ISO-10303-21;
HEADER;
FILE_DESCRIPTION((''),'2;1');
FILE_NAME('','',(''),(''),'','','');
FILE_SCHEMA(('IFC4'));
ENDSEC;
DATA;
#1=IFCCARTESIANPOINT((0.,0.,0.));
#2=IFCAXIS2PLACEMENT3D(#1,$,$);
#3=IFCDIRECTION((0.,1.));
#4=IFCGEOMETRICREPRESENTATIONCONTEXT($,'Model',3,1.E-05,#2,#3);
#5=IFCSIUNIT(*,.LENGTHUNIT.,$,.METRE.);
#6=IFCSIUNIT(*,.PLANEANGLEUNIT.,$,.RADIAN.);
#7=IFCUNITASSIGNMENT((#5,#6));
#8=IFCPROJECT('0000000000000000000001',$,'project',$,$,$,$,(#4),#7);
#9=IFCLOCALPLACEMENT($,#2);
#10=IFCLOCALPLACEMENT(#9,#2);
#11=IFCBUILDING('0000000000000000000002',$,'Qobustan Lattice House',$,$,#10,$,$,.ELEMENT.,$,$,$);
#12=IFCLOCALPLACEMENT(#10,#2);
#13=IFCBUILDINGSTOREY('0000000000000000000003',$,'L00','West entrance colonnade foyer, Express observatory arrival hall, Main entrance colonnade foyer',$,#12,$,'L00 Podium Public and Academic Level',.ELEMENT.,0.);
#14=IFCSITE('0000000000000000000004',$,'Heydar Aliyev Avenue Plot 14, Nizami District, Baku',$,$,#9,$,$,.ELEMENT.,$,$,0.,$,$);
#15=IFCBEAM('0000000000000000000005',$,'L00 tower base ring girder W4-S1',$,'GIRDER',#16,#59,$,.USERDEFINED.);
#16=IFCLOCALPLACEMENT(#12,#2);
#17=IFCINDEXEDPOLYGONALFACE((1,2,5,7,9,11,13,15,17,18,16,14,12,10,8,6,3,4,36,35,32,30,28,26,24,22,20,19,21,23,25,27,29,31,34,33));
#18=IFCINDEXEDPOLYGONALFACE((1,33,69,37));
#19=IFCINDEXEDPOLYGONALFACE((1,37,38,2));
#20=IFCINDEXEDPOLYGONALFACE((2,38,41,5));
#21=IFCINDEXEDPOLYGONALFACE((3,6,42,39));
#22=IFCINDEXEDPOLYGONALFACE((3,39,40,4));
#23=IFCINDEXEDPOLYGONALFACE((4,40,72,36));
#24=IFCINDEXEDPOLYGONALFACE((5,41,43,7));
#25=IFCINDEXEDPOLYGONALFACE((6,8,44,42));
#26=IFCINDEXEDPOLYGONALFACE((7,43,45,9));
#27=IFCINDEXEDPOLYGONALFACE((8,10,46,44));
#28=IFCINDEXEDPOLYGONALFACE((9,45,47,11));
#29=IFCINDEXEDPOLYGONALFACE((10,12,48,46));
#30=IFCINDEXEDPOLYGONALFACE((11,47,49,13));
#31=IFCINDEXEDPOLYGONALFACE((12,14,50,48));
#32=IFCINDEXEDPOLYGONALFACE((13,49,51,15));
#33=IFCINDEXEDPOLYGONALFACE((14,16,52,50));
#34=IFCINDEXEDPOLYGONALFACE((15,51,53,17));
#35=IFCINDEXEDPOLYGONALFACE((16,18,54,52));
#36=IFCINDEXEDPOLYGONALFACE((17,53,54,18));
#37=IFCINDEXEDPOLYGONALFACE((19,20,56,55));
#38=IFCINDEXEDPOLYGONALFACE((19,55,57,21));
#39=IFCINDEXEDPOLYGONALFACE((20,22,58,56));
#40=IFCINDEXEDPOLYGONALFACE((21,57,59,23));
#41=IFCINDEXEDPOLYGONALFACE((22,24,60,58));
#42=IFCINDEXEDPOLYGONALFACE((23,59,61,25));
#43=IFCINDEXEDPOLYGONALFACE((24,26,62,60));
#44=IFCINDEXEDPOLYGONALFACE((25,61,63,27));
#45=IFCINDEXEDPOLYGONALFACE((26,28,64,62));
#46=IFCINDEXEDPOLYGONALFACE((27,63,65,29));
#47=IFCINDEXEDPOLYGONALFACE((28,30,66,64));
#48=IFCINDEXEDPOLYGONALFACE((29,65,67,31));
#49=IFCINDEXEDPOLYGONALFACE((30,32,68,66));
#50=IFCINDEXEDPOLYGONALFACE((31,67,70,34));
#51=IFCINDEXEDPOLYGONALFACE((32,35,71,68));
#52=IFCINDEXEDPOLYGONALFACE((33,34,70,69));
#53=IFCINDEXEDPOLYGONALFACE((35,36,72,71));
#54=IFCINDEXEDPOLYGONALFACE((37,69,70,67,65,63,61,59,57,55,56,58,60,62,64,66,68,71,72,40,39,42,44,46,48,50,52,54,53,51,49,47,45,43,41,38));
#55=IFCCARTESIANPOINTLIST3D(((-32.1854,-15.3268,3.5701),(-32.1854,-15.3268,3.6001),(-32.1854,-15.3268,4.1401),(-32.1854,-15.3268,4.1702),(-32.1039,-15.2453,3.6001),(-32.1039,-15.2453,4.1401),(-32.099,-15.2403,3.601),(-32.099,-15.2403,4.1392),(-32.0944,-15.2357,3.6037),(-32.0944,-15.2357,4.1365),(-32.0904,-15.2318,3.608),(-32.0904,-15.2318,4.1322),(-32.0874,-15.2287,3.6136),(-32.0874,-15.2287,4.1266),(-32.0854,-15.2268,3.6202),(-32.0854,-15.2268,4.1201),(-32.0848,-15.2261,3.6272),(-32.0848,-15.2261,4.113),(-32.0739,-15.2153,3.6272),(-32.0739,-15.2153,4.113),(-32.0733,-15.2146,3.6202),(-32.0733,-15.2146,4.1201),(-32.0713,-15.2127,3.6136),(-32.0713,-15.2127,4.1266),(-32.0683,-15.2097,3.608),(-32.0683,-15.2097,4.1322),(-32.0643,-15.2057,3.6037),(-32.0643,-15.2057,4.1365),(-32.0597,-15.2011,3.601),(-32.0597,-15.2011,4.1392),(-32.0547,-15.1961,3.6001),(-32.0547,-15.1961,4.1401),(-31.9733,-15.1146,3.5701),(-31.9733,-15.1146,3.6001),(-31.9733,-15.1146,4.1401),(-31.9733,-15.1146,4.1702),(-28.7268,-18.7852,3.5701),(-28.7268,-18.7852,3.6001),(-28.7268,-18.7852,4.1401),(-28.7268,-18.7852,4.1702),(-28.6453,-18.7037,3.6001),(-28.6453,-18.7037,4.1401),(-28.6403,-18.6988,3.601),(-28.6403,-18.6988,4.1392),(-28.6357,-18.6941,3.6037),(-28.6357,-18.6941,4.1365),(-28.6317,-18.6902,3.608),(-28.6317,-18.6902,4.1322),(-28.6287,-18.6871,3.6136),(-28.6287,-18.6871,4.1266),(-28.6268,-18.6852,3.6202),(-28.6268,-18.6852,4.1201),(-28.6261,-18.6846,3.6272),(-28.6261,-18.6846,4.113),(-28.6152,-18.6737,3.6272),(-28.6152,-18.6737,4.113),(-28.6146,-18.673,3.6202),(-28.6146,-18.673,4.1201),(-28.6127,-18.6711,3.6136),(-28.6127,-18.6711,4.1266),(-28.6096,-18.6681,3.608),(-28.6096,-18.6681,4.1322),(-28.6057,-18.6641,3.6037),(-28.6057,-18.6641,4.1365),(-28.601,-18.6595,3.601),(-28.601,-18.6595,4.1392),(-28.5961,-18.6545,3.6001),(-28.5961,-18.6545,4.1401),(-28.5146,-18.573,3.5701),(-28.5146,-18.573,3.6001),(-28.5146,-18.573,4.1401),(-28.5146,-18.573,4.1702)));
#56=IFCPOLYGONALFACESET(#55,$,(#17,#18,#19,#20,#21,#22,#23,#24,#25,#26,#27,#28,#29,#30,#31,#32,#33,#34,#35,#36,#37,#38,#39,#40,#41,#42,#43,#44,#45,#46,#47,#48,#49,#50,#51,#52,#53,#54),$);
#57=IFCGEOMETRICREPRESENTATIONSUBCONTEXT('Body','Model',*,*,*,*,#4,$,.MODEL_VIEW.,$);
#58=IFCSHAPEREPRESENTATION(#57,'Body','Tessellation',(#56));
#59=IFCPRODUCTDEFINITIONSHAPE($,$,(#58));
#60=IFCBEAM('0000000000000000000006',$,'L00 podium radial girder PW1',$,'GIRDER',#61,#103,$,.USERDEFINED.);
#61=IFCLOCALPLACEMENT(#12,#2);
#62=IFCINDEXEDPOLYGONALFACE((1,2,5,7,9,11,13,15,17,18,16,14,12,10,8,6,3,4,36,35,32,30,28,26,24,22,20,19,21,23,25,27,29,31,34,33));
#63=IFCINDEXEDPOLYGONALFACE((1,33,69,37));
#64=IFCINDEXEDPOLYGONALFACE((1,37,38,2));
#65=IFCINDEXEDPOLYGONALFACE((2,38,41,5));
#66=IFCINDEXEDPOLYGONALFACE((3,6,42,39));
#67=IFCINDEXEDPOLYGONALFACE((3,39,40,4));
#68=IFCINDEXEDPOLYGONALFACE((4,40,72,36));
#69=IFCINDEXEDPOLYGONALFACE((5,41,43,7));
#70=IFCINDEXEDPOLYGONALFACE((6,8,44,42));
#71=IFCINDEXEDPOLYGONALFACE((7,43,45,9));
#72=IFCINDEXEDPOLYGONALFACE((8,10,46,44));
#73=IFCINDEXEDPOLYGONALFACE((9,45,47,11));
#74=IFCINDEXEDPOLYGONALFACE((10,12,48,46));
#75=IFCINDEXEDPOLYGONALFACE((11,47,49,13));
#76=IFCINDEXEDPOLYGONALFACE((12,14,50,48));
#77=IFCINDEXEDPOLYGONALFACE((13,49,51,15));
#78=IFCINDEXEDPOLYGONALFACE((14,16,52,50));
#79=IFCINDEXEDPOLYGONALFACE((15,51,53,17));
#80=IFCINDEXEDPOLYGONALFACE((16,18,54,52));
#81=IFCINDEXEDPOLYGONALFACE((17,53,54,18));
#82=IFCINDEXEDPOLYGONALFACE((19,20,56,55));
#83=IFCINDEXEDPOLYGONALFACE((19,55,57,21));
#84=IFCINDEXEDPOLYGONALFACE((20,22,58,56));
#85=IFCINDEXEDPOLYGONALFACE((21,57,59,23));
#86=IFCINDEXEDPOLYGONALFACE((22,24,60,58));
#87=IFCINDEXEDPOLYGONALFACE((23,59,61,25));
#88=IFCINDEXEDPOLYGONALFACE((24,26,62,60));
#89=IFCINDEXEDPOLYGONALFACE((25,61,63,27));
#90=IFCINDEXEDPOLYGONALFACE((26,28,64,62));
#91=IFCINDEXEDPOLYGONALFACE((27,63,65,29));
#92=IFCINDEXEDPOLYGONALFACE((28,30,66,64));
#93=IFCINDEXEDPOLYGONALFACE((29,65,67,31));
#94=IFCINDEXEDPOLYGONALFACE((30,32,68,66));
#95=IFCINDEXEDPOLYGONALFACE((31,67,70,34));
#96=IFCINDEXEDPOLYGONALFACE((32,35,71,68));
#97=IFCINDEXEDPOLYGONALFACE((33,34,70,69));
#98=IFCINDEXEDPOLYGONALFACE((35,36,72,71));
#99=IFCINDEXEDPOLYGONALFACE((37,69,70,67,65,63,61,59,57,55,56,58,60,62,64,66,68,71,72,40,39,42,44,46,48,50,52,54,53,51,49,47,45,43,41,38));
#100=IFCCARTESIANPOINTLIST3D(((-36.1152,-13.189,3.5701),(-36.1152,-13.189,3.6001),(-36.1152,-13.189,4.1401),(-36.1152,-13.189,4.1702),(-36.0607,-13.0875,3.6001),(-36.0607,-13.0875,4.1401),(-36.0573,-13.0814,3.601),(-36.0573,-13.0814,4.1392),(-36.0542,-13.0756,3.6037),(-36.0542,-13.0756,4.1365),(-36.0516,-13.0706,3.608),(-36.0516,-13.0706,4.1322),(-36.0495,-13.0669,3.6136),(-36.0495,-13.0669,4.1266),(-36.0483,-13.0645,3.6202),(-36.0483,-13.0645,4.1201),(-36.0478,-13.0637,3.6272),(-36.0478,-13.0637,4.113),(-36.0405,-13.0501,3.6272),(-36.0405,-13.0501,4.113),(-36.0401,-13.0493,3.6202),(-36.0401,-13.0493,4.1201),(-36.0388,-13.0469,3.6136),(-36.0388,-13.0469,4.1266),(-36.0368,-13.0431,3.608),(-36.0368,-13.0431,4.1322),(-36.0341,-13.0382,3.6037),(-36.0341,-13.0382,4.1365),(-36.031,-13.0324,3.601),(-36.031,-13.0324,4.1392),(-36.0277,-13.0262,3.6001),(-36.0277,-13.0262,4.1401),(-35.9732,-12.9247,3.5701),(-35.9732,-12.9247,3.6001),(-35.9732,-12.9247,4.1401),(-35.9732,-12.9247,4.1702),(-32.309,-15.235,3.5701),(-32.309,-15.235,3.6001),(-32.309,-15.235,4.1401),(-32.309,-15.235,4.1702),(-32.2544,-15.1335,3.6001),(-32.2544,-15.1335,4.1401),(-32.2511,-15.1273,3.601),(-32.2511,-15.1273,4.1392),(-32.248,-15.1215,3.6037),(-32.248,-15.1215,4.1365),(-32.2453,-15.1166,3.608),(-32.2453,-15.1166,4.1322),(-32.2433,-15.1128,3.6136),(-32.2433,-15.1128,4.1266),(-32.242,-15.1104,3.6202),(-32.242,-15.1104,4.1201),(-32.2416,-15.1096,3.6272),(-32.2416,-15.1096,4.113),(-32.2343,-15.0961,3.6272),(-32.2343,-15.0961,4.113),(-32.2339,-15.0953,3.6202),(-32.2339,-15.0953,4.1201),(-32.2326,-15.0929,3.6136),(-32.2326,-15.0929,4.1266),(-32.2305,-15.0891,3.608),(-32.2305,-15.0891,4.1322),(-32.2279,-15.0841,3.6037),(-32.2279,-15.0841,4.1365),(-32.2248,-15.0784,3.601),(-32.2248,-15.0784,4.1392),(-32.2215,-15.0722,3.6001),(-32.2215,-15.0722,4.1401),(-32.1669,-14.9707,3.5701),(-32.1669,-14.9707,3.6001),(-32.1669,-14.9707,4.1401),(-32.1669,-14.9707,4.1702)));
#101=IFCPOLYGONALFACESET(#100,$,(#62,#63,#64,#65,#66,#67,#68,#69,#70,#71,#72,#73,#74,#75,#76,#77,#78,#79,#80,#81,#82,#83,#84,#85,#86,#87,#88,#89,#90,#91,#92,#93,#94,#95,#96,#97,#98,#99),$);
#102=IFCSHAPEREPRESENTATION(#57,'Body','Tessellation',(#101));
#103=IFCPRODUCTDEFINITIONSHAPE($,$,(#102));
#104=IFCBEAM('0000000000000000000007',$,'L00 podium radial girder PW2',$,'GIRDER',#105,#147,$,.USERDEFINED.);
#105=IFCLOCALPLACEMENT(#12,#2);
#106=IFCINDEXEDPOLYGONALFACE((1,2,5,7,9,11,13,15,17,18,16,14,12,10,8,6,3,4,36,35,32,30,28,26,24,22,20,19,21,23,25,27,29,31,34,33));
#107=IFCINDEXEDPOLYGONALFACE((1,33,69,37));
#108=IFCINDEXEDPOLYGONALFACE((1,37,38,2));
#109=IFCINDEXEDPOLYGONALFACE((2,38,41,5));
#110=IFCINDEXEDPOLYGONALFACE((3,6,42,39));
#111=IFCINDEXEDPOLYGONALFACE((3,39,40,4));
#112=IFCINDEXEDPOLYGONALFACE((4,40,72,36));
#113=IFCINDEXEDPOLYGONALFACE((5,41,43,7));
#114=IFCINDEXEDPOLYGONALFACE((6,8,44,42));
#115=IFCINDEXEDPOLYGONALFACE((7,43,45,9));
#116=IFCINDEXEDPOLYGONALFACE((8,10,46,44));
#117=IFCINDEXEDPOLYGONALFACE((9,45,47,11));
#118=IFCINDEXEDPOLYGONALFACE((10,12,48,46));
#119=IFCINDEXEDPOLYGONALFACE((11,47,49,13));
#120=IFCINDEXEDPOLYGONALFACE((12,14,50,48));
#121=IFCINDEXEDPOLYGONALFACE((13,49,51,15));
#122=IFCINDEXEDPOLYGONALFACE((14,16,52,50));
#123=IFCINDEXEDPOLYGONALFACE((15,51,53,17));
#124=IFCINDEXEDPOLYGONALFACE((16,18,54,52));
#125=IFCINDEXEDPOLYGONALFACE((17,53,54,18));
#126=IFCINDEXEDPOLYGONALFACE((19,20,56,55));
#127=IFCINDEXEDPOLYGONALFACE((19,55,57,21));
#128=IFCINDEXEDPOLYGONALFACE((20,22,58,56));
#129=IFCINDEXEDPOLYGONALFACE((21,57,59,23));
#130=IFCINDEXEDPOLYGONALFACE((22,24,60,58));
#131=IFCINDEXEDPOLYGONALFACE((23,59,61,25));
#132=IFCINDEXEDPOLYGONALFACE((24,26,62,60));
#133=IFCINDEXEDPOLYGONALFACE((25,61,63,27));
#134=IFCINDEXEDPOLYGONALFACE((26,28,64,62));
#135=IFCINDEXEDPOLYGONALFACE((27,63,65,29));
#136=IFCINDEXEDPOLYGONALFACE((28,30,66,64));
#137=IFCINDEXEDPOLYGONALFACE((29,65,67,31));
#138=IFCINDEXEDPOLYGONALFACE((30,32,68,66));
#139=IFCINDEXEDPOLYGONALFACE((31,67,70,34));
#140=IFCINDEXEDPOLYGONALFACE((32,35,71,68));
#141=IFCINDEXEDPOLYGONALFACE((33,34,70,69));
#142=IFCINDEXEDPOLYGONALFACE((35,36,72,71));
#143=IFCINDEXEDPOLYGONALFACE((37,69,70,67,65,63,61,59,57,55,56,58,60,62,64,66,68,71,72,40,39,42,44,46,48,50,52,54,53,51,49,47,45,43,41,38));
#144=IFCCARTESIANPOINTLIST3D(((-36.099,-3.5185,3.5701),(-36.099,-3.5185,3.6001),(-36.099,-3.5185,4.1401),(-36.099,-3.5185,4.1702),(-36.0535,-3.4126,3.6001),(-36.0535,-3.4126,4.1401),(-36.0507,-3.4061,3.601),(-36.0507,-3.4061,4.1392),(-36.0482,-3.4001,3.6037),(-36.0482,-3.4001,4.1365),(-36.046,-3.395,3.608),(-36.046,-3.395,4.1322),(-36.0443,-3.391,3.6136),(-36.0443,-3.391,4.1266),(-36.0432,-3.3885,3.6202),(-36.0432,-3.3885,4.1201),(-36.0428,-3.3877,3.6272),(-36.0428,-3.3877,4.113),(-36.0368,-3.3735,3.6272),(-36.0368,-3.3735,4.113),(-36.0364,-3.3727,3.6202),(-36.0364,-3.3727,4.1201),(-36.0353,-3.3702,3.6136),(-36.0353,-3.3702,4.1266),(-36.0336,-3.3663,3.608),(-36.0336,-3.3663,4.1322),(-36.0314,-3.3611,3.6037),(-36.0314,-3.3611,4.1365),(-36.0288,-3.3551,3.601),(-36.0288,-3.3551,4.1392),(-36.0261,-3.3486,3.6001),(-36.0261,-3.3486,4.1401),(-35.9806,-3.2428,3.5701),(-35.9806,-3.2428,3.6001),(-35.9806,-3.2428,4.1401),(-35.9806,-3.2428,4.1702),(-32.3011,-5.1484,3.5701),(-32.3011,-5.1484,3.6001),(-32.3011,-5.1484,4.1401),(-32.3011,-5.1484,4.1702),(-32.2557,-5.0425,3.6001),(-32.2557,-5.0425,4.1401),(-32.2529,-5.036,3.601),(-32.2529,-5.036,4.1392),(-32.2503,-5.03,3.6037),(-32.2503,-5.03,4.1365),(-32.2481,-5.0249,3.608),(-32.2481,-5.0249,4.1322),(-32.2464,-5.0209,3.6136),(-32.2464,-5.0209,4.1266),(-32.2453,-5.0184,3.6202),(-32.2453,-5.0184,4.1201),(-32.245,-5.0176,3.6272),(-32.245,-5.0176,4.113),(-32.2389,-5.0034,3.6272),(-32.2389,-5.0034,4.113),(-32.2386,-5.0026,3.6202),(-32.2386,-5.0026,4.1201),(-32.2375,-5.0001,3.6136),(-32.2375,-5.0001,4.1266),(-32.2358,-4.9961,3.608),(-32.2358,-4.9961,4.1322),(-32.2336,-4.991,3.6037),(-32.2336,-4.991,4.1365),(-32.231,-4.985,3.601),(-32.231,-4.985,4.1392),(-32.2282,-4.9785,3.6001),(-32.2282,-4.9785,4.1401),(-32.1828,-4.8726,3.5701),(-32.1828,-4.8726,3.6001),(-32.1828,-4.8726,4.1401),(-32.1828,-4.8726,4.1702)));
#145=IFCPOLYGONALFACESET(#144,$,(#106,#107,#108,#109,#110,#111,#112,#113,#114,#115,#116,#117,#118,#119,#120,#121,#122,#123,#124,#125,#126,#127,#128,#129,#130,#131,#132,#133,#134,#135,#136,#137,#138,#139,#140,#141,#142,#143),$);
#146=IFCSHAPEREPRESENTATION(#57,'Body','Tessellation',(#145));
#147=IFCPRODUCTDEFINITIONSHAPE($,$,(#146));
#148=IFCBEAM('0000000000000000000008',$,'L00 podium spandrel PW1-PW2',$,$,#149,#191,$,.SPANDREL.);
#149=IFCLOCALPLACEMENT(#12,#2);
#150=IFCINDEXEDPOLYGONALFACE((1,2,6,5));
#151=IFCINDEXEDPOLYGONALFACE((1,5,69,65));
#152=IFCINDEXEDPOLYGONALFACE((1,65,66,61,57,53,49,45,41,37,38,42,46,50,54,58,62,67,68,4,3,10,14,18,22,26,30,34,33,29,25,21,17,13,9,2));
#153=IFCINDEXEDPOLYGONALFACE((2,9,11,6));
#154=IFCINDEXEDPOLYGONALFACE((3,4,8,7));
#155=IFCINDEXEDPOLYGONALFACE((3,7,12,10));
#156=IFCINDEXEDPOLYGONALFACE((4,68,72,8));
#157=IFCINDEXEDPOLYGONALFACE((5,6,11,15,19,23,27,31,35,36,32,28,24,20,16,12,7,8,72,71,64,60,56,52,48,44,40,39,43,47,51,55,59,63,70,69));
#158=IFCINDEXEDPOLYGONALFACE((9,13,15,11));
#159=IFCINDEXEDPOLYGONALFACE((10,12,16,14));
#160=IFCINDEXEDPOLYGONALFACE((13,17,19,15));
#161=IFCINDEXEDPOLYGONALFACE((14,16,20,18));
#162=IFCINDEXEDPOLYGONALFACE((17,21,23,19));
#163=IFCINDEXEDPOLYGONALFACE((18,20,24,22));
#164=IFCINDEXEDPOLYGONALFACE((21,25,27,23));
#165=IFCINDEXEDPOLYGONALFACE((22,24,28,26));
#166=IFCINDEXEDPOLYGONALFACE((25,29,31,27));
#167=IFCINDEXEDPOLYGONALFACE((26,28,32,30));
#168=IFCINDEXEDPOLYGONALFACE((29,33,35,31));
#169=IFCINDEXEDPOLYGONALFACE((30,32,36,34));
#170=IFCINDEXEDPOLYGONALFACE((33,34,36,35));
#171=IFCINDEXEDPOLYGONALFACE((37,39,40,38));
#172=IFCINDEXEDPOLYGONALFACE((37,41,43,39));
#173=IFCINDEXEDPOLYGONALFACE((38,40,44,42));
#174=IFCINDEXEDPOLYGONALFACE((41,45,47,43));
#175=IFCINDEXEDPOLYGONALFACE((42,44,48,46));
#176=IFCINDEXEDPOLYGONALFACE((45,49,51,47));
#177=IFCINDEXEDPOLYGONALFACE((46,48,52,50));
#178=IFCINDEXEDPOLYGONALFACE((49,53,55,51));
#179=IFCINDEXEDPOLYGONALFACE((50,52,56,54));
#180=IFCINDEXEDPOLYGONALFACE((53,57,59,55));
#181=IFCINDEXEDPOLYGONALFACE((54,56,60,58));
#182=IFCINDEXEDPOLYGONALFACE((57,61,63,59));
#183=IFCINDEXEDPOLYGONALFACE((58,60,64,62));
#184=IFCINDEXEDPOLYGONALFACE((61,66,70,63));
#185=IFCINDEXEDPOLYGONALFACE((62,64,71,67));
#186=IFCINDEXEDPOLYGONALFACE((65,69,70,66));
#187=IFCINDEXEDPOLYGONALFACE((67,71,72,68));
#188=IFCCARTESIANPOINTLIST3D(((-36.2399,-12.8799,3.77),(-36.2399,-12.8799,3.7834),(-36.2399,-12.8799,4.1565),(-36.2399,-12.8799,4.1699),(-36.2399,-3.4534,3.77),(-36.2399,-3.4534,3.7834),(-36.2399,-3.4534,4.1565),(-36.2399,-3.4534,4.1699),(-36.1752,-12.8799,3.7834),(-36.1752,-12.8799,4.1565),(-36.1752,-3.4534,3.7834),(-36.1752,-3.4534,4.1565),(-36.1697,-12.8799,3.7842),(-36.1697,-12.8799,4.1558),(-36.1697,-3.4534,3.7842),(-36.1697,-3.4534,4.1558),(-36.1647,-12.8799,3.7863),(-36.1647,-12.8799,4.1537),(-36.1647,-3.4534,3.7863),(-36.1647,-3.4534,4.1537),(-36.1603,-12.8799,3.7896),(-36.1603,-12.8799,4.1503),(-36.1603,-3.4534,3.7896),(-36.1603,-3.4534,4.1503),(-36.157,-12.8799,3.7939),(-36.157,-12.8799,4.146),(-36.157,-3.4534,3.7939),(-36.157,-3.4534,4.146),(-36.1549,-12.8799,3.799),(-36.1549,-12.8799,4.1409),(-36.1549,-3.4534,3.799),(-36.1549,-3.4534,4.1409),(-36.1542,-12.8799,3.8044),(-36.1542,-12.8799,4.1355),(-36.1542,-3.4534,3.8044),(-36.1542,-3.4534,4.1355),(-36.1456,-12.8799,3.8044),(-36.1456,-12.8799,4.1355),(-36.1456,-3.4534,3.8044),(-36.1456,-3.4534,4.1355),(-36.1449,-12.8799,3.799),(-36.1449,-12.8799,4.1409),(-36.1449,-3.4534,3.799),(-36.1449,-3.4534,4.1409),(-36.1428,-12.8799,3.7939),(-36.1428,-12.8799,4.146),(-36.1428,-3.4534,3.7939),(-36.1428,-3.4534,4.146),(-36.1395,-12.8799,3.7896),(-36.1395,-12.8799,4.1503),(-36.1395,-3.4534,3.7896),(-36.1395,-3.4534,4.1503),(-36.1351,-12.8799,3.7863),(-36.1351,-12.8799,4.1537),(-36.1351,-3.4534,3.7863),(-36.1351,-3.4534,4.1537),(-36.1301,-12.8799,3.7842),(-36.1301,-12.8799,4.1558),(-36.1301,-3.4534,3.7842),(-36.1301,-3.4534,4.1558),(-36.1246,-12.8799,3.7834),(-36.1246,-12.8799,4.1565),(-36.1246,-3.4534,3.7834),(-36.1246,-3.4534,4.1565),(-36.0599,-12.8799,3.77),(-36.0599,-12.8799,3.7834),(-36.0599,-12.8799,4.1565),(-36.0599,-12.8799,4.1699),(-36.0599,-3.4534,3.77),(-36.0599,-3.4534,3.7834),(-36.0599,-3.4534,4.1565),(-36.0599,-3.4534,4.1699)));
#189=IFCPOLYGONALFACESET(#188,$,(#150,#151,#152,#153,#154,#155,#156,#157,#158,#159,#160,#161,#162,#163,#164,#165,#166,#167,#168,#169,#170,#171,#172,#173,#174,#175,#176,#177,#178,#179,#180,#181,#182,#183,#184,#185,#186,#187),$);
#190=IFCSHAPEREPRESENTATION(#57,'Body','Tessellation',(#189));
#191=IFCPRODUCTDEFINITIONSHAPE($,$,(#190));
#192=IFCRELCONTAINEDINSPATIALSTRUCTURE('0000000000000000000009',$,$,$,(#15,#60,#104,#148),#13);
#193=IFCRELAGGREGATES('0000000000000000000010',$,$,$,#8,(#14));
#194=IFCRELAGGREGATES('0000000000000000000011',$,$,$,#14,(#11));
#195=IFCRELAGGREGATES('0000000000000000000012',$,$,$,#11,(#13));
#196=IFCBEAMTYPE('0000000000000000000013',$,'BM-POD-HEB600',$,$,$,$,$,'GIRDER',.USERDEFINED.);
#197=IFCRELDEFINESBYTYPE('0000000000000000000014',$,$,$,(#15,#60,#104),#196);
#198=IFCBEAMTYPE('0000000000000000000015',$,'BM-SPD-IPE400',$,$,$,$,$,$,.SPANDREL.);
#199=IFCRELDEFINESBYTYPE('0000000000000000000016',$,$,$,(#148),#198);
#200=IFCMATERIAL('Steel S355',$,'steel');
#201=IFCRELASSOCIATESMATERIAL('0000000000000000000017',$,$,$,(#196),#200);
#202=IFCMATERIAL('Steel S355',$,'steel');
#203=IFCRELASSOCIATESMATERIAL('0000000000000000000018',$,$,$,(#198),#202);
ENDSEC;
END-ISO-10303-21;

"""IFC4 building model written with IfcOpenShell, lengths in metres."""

from ifc_helpers import new_model, si_unit, direction, frame, origin, origin_2d, place, context, subcontext, project, spatial, i_section, extrude, material, material_profile, profile_set, type_object, element, save


model = new_model("IFC4")

# Units and contexts
model_context = context("Model", 3, precision=1e-05, world=origin(), true_north=direction((0.0, 1.0)))
body_context = subcontext(model_context, "Body", "Model", "MODEL_VIEW")
ifc_project = project(units=[si_unit("LENGTHUNIT", "METRE"), si_unit("PLANEANGLEUNIT", "RADIAN")], contexts=[model_context])

# Site, building, storey
site_placement = place(None, origin())
site = spatial("IfcSite", under=ifc_project, at=site_placement, Name="Heydar Aliyev Avenue Plot 14, Nizami District, Baku", CompositionType="ELEMENT", RefElevation=0.0)
building_placement = place(site_placement, origin())
building = spatial("IfcBuilding", under=site, at=building_placement, Name="Qobustan Lattice House", CompositionType="ELEMENT")
storey_placement = place(building_placement, origin())
storey = spatial("IfcBuildingStorey", under=building, at=storey_placement, Name="L00", Description="West entrance colonnade foyer, Express observatory arrival hall, Main entrance colonnade foyer", LongName="L00 Podium Public and Academic Level", CompositionType="ELEMENT", Elevation=0.0)

# Beams
ifc_material_1 = material(Name="Steel S355", Category="steel")
ifc_material_profile_1 = material_profile(ifc_material_1, i_section(OverallWidth=0.3, OverallDepth=0.6001, WebThickness=0.0154, FlangeThickness=0.03, FilletRadius=0.0271, at=origin_2d()), Name="HEB600")
ifc_profile_set_1 = profile_set([ifc_material_profile_1], Name="Steel S355")
beam_type_1 = type_object("IfcBeamType", Name="BM-POD-HEB600", ElementType="GIRDER", PredefinedType="USERDEFINED", material=ifc_profile_set_1)
beam_1_placement = place(storey_placement, frame((-32.0793, -15.2207, 3.8701), z_axis=(0.707132, -0.707082, 0.0), x_axis=(0.707082, 0.707132, 0.0)))
element("IfcBeam", 1, at=beam_1_placement, inside=storey, type_object=beam_type_1, Name="L00 tower base ring girder W4-S1", ObjectType="GIRDER", PredefinedType="USERDEFINED", context=body_context, shape_type="SweptSolid", body=[
    extrude(i_section(OverallWidth=0.3, OverallDepth=0.6001, WebThickness=0.0154, FlangeThickness=0.03, FilletRadius=0.0271, at=origin_2d()), origin(), (0.0, 0.0, 1.0), 4.8911),
])
beam_2_placement = place(storey_placement, frame((-36.0442, -13.0569, 3.8701), z_axis=(0.880816, -0.47346, 0.0), x_axis=(0.47346, 0.880816, 0.0)))
element("IfcBeam", 2, at=beam_2_placement, inside=storey, type_object=beam_type_1, Name="L00 podium radial girder PW1", ObjectType="GIRDER", PredefinedType="USERDEFINED", context=body_context, shape_type="SweptSolid", body=[
    extrude(i_section(OverallWidth=0.3, OverallDepth=0.6001, WebThickness=0.0154, FlangeThickness=0.03, FilletRadius=0.0271, at=origin_2d()), origin(), (0.0, 0.0, 1.0), 4.3213),
])
beam_3_placement = place(storey_placement, frame((-36.0398, -3.3806, 3.8701), z_axis=(0.918949, -0.394376, 0.0), x_axis=(0.394376, 0.918949, 0.0)))
element("IfcBeam", 3, at=beam_3_placement, inside=storey, type_object=beam_type_1, Name="L00 podium radial girder PW2", ObjectType="GIRDER", PredefinedType="USERDEFINED", context=body_context, shape_type="SweptSolid", body=[
    extrude(i_section(OverallWidth=0.3, OverallDepth=0.6001, WebThickness=0.0154, FlangeThickness=0.03, FilletRadius=0.0271, at=origin_2d()), origin(), (0.0, 0.0, 1.0), 4.1328),
])
ifc_material_2 = material(Name="Steel S355", Category="steel")
ifc_material_profile_2 = material_profile(ifc_material_2, i_section(OverallWidth=0.1799, OverallDepth=0.3999, WebThickness=0.0085, FlangeThickness=0.0134, FilletRadius=0.021, at=origin_2d()), Name="IPE400")
ifc_profile_set_2 = profile_set([ifc_material_profile_2], Name="Steel S355")
beam_type_2 = type_object("IfcBeamType", Name="BM-SPD-IPE400", PredefinedType="SPANDREL", material=ifc_profile_set_2)
beam_4_placement = place(storey_placement, frame((-36.1499, -12.8799, 3.97), z_axis=(0.0, 1.0, 0.0), x_axis=(-1.0, 0.0, 0.0)))
element("IfcBeam", 4, at=beam_4_placement, inside=storey, type_object=beam_type_2, Name="L00 podium spandrel PW1-PW2", PredefinedType="SPANDREL", context=body_context, shape_type="SweptSolid", body=[
    extrude(i_section(OverallWidth=0.1799, OverallDepth=0.3999, WebThickness=0.0085, FlangeThickness=0.0134, FilletRadius=0.021, at=origin_2d()), origin(), (0.0, 0.0, 1.0), 9.4265),
])

save(model, "model.ifc")
